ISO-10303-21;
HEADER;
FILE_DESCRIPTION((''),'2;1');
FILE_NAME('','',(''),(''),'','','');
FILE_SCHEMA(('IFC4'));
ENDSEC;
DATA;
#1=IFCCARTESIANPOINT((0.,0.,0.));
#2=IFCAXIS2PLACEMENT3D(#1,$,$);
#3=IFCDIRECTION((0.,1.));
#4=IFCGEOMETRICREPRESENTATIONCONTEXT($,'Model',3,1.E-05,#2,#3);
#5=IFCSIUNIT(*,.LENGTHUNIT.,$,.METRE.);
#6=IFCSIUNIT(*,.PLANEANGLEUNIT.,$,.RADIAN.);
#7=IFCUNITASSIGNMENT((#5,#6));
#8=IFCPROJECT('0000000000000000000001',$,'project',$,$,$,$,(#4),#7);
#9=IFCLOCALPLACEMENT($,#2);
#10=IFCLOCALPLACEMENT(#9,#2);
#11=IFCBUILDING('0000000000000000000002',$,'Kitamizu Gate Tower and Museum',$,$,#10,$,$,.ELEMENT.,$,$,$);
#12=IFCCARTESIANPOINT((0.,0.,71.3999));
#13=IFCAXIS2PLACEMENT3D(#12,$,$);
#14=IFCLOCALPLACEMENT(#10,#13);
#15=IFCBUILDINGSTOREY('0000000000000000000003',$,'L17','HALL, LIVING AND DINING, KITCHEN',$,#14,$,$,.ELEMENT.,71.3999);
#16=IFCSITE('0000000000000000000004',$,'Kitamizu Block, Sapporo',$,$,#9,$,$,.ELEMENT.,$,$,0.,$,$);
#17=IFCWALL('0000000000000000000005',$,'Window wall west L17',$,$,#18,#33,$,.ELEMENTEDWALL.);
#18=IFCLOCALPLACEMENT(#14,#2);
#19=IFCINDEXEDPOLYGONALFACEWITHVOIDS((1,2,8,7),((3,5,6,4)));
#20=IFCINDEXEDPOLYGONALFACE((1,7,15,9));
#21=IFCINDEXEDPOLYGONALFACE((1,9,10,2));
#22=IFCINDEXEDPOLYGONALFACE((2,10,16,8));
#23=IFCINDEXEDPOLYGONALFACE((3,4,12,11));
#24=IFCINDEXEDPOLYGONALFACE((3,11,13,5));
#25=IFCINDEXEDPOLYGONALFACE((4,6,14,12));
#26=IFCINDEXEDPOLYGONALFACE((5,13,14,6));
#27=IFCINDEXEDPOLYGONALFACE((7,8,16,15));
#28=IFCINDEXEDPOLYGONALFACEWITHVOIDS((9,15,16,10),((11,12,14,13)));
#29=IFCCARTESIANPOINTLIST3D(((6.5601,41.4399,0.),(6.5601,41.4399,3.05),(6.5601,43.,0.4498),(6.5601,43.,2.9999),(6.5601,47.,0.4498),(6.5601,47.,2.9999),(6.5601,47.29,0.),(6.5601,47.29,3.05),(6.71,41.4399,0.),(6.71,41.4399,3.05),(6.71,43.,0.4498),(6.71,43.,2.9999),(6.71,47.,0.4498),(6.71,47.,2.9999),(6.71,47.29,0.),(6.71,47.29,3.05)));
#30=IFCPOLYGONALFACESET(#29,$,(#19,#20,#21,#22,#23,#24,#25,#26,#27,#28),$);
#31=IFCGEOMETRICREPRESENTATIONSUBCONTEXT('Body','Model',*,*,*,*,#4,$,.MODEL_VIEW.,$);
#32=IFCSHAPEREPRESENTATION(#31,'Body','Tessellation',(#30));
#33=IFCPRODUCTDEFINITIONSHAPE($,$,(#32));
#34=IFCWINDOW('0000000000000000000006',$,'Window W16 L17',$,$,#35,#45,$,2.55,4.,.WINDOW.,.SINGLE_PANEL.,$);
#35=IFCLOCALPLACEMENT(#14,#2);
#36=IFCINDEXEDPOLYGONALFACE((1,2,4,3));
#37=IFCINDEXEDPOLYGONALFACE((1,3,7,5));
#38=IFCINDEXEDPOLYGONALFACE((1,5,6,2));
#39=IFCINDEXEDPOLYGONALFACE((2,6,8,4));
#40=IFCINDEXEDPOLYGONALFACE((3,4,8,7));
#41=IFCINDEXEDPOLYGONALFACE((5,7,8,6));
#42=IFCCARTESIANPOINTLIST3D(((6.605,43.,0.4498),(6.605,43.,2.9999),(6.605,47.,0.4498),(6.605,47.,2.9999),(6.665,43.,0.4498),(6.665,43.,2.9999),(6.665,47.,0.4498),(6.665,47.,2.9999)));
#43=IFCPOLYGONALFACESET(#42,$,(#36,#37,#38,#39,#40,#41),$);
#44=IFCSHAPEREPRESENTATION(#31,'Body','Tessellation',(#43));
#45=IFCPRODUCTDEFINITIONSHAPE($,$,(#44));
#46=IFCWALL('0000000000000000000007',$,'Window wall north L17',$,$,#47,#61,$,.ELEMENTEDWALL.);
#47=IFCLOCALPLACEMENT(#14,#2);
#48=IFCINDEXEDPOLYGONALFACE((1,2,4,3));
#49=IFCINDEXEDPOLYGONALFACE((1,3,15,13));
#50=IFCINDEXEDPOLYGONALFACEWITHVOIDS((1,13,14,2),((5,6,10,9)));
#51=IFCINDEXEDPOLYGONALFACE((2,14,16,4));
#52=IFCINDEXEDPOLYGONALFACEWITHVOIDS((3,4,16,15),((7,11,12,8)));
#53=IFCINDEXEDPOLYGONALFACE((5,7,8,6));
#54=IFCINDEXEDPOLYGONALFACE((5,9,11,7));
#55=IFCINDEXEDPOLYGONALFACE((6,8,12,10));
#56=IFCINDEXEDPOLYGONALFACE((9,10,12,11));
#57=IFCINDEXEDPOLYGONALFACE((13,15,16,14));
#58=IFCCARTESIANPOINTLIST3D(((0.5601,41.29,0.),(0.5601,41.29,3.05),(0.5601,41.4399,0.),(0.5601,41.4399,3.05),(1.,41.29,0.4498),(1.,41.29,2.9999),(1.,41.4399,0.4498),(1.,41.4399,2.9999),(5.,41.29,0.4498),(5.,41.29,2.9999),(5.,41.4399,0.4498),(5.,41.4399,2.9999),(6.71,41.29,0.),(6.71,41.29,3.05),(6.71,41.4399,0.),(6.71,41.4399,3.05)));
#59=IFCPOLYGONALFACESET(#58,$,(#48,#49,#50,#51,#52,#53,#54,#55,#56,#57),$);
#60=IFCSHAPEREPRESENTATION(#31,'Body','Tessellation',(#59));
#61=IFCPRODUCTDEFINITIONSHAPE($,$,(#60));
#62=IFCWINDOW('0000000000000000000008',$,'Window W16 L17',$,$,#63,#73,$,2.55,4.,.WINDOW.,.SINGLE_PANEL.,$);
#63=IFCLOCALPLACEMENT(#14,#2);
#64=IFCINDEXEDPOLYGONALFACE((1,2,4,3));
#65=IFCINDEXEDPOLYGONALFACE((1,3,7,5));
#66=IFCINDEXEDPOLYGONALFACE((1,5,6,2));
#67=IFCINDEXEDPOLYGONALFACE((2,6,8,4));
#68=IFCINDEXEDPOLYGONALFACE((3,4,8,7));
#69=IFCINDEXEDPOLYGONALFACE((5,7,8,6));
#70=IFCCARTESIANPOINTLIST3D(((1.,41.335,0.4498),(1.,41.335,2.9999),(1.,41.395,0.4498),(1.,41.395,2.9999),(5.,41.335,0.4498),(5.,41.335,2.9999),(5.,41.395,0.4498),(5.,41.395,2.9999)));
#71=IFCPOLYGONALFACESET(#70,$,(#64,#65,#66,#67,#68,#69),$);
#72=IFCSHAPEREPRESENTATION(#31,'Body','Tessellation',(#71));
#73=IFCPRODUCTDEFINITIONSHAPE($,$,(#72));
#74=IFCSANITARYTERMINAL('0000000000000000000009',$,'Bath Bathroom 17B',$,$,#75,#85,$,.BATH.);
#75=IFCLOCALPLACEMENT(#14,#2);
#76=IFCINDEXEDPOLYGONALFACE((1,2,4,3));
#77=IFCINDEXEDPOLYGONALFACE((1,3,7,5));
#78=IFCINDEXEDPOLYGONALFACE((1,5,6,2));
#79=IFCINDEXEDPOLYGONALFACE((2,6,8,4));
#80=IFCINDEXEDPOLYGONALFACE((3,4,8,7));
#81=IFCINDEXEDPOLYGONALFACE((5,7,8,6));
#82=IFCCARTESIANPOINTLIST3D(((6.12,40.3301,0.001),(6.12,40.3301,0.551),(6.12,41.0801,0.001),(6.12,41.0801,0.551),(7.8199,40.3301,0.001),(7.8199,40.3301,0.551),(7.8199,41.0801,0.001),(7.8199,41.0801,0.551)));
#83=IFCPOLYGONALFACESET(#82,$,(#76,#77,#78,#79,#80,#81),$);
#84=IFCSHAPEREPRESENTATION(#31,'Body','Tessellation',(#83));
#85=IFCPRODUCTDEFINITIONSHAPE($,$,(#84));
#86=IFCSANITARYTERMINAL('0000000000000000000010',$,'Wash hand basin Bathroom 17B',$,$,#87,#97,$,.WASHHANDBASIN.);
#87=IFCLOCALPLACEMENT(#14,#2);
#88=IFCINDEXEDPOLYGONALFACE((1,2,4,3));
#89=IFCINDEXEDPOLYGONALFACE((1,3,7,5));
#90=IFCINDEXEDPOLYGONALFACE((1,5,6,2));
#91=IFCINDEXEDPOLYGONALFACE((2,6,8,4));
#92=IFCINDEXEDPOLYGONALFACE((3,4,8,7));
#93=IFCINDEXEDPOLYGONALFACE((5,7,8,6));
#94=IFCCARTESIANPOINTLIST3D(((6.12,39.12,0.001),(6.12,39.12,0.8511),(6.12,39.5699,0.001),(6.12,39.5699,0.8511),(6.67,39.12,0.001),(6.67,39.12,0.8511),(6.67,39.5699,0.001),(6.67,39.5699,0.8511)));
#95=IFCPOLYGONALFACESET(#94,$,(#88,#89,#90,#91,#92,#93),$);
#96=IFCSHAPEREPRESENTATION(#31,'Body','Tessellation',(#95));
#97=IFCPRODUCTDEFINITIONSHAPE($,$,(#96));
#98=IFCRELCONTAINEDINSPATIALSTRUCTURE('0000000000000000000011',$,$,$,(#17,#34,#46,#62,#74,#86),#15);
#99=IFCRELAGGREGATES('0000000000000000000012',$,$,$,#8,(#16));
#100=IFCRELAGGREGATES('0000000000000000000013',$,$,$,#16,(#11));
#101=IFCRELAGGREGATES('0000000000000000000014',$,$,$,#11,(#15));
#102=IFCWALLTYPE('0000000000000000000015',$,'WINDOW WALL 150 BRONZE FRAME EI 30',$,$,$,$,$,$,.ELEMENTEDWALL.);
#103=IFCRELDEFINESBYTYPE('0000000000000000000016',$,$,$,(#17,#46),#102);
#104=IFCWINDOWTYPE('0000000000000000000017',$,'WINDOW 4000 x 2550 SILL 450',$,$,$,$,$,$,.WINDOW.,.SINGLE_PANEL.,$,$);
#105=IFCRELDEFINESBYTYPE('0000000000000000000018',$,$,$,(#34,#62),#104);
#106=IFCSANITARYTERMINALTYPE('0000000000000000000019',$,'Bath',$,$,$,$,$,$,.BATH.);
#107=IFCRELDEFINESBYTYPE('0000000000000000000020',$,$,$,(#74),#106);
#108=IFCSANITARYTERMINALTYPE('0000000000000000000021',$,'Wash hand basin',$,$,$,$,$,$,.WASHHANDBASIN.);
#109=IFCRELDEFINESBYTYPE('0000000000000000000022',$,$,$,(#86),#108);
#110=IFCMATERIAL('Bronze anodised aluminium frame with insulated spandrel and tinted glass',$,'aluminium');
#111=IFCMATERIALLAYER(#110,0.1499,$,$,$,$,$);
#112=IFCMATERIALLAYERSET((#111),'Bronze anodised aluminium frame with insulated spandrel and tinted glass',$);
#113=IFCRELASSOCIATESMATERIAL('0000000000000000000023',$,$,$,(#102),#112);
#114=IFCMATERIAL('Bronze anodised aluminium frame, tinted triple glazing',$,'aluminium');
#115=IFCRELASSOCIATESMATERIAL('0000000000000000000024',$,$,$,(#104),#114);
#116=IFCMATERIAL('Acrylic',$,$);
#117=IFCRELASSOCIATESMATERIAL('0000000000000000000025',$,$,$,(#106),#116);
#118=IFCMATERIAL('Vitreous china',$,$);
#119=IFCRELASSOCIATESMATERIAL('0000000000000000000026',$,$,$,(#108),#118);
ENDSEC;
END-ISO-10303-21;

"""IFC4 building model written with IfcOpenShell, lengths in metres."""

from ifc_helpers import new_model, si_unit, direction, frame, frame_2d, origin, origin_2d, place, context, subcontext, project, spatial, rectangle, extrude, material, layer, layer_set, type_object, element, fill, save


model = new_model("IFC4")

# Units and contexts
model_context = context("Model", 3, precision=1e-05, world=origin(), true_north=direction((0.0, 1.0)))
body_context = subcontext(model_context, "Body", "Model", "MODEL_VIEW")
ifc_project = project(units=[si_unit("LENGTHUNIT", "METRE"), si_unit("PLANEANGLEUNIT", "RADIAN")], contexts=[model_context])

# Site, building, storey
site_placement = place(None, origin())
site = spatial("IfcSite", under=ifc_project, at=site_placement, Name="Kitamizu Block, Sapporo", CompositionType="ELEMENT", RefElevation=0.0)
building_placement = place(site_placement, origin())
building = spatial("IfcBuilding", under=site, at=building_placement, Name="Kitamizu Gate Tower and Museum", CompositionType="ELEMENT")
storey_placement = place(building_placement, frame((0.0, 0.0, 71.3999)))
storey = spatial("IfcBuildingStorey", under=building, at=storey_placement, Name="L17", Description="HALL, LIVING AND DINING, KITCHEN", CompositionType="ELEMENT", Elevation=71.3999)

# Shared definitions
ifc_material_1 = material(Name="Bronze anodised aluminium frame with insulated spandrel and tinted glass", Category="aluminium")
ifc_layer_1 = layer(ifc_material_1, 0.1499)
ifc_layer_set_1 = layer_set([ifc_layer_1], Name="Bronze anodised aluminium frame with insulated spandrel and tinted glass")
wall_type_1 = type_object("IfcWallType", Name="WINDOW WALL 150 BRONZE FRAME EI 30", PredefinedType="ELEMENTEDWALL", material=ifc_layer_set_1)

# Walls, openings, windows
wall_1_placement = place(storey_placement, frame((6.635, 41.4399, 0.0), z_axis=(0.0, 0.0, 1.0), x_axis=(0.0, 1.0, 0.0)))
wall_1 = element("IfcWall", 1, at=wall_1_placement, inside=storey, type_object=wall_type_1, Name="Window wall west L17", PredefinedType="ELEMENTEDWALL", context=body_context, shape_type="SweptSolid", body=[
    extrude(rectangle(XDim=5.8501, YDim=0.1499, at=frame_2d((2.925, 0.0))), origin(), (0.0, 0.0, 1.0), 3.05),
])
opening_1_placement = place(wall_1_placement, frame((1.5601, 0.0, 0.45)))
opening_1 = element("IfcOpeningElement", 2, at=opening_1_placement, cuts=wall_1, PredefinedType="OPENING", context=body_context, shape_type="SweptSolid", body=[
    extrude(rectangle(XDim=4.0, YDim=2.55, at=frame_2d((2.0, 1.2749))), frame((0.0, 0.085, 0.0), z_axis=(0.0, -1.0, 0.0), x_axis=(1.0, 0.0, 0.0)), (0.0, 0.0, 1.0), 0.1699),
])
ifc_material_2 = material(Name="Bronze anodised aluminium frame, tinted triple glazing", Category="aluminium")
window_type_1 = type_object("IfcWindowType", Name="WINDOW 4000 x 2550 SILL 450", PartitioningType="SINGLE_PANEL", PredefinedType="WINDOW", material=ifc_material_2)
window_1_placement = place(opening_1_placement, origin())
window_1 = element("IfcWindow", 3, at=window_1_placement, inside=storey, type_object=window_type_1, Name="Window W16 L17", OverallHeight=2.55, OverallWidth=4.0, PartitioningType="SINGLE_PANEL", PredefinedType="WINDOW", context=body_context, shape_type="SweptSolid", body=[
    extrude(rectangle(XDim=4.0, YDim=2.55, at=frame_2d((2.0, 1.2749))), frame((0.0, 0.03, 0.0), z_axis=(0.0, -1.0, 0.0), x_axis=(1.0, 0.0, 0.0)), (0.0, 0.0, 1.0), 0.0601),
])
fill(opening_1, window_1)
wall_2_placement = place(storey_placement, frame((0.5601, 41.365, 0.0), z_axis=(0.0, 0.0, 1.0), x_axis=(1.0, 0.0, 0.0)))
wall_2 = element("IfcWall", 4, at=wall_2_placement, inside=storey, type_object=wall_type_1, Name="Window wall north L17", PredefinedType="ELEMENTEDWALL", context=body_context, shape_type="SweptSolid", body=[
    extrude(rectangle(XDim=6.1499, YDim=0.1499, at=frame_2d((3.075, 0.0))), origin(), (0.0, 0.0, 1.0), 3.05),
])
opening_2_placement = place(wall_2_placement, frame((0.4399, 0.0, 0.45)))
opening_2 = element("IfcOpeningElement", 5, at=opening_2_placement, cuts=wall_2, PredefinedType="OPENING", context=body_context, shape_type="SweptSolid", body=[
    extrude(rectangle(XDim=4.0, YDim=2.55, at=frame_2d((2.0, 1.2749))), frame((0.0, 0.085, 0.0), z_axis=(0.0, -1.0, 0.0), x_axis=(1.0, 0.0, 0.0)), (0.0, 0.0, 1.0), 0.1699),
])
window_2_placement = place(opening_2_placement, origin())
window_2 = element("IfcWindow", 6, at=window_2_placement, inside=storey, type_object=window_type_1, Name="Window W16 L17", OverallHeight=2.55, OverallWidth=4.0, PartitioningType="SINGLE_PANEL", PredefinedType="WINDOW", context=body_context, shape_type="SweptSolid", body=[
    extrude(rectangle(XDim=4.0, YDim=2.55, at=frame_2d((2.0, 1.2749))), frame((0.0, 0.03, 0.0), z_axis=(0.0, -1.0, 0.0), x_axis=(1.0, 0.0, 0.0)), (0.0, 0.0, 1.0), 0.0601),
])
fill(opening_2, window_2)

# Sanitary terminals
ifc_material_3 = material(Name="Acrylic")
sanitary_terminal_type_1 = type_object("IfcSanitaryTerminalType", Name="Bath", PredefinedType="BATH", material=ifc_material_3)
sanitary_terminal_1_placement = place(storey_placement, frame((6.97, 40.7051, 0.001), z_axis=(0.0, 0.0, 1.0), x_axis=(1.0, 0.0, 0.0)))
element("IfcSanitaryTerminal", 7, at=sanitary_terminal_1_placement, inside=storey, type_object=sanitary_terminal_type_1, Name="Bath Bathroom 17B", PredefinedType="BATH", context=body_context, shape_type="SweptSolid", body=[
    extrude(rectangle(XDim=1.7, YDim=0.75, at=origin_2d()), origin(), (0.0, 0.0, 1.0), 0.55),
])
ifc_material_4 = material(Name="Vitreous china")
sanitary_terminal_type_2 = type_object("IfcSanitaryTerminalType", Name="Wash hand basin", PredefinedType="WASHHANDBASIN", material=ifc_material_4)
sanitary_terminal_2_placement = place(storey_placement, frame((6.395, 39.345, 0.001), z_axis=(0.0, 0.0, 1.0), x_axis=(1.0, 0.0, 0.0)))
element("IfcSanitaryTerminal", 8, at=sanitary_terminal_2_placement, inside=storey, type_object=sanitary_terminal_type_2, Name="Wash hand basin Bathroom 17B", PredefinedType="WASHHANDBASIN", context=body_context, shape_type="SweptSolid", body=[
    extrude(rectangle(XDim=0.55, YDim=0.45, at=origin_2d()), origin(), (0.0, 0.0, 1.0), 0.8501),
])

save(model, "model.ifc")
